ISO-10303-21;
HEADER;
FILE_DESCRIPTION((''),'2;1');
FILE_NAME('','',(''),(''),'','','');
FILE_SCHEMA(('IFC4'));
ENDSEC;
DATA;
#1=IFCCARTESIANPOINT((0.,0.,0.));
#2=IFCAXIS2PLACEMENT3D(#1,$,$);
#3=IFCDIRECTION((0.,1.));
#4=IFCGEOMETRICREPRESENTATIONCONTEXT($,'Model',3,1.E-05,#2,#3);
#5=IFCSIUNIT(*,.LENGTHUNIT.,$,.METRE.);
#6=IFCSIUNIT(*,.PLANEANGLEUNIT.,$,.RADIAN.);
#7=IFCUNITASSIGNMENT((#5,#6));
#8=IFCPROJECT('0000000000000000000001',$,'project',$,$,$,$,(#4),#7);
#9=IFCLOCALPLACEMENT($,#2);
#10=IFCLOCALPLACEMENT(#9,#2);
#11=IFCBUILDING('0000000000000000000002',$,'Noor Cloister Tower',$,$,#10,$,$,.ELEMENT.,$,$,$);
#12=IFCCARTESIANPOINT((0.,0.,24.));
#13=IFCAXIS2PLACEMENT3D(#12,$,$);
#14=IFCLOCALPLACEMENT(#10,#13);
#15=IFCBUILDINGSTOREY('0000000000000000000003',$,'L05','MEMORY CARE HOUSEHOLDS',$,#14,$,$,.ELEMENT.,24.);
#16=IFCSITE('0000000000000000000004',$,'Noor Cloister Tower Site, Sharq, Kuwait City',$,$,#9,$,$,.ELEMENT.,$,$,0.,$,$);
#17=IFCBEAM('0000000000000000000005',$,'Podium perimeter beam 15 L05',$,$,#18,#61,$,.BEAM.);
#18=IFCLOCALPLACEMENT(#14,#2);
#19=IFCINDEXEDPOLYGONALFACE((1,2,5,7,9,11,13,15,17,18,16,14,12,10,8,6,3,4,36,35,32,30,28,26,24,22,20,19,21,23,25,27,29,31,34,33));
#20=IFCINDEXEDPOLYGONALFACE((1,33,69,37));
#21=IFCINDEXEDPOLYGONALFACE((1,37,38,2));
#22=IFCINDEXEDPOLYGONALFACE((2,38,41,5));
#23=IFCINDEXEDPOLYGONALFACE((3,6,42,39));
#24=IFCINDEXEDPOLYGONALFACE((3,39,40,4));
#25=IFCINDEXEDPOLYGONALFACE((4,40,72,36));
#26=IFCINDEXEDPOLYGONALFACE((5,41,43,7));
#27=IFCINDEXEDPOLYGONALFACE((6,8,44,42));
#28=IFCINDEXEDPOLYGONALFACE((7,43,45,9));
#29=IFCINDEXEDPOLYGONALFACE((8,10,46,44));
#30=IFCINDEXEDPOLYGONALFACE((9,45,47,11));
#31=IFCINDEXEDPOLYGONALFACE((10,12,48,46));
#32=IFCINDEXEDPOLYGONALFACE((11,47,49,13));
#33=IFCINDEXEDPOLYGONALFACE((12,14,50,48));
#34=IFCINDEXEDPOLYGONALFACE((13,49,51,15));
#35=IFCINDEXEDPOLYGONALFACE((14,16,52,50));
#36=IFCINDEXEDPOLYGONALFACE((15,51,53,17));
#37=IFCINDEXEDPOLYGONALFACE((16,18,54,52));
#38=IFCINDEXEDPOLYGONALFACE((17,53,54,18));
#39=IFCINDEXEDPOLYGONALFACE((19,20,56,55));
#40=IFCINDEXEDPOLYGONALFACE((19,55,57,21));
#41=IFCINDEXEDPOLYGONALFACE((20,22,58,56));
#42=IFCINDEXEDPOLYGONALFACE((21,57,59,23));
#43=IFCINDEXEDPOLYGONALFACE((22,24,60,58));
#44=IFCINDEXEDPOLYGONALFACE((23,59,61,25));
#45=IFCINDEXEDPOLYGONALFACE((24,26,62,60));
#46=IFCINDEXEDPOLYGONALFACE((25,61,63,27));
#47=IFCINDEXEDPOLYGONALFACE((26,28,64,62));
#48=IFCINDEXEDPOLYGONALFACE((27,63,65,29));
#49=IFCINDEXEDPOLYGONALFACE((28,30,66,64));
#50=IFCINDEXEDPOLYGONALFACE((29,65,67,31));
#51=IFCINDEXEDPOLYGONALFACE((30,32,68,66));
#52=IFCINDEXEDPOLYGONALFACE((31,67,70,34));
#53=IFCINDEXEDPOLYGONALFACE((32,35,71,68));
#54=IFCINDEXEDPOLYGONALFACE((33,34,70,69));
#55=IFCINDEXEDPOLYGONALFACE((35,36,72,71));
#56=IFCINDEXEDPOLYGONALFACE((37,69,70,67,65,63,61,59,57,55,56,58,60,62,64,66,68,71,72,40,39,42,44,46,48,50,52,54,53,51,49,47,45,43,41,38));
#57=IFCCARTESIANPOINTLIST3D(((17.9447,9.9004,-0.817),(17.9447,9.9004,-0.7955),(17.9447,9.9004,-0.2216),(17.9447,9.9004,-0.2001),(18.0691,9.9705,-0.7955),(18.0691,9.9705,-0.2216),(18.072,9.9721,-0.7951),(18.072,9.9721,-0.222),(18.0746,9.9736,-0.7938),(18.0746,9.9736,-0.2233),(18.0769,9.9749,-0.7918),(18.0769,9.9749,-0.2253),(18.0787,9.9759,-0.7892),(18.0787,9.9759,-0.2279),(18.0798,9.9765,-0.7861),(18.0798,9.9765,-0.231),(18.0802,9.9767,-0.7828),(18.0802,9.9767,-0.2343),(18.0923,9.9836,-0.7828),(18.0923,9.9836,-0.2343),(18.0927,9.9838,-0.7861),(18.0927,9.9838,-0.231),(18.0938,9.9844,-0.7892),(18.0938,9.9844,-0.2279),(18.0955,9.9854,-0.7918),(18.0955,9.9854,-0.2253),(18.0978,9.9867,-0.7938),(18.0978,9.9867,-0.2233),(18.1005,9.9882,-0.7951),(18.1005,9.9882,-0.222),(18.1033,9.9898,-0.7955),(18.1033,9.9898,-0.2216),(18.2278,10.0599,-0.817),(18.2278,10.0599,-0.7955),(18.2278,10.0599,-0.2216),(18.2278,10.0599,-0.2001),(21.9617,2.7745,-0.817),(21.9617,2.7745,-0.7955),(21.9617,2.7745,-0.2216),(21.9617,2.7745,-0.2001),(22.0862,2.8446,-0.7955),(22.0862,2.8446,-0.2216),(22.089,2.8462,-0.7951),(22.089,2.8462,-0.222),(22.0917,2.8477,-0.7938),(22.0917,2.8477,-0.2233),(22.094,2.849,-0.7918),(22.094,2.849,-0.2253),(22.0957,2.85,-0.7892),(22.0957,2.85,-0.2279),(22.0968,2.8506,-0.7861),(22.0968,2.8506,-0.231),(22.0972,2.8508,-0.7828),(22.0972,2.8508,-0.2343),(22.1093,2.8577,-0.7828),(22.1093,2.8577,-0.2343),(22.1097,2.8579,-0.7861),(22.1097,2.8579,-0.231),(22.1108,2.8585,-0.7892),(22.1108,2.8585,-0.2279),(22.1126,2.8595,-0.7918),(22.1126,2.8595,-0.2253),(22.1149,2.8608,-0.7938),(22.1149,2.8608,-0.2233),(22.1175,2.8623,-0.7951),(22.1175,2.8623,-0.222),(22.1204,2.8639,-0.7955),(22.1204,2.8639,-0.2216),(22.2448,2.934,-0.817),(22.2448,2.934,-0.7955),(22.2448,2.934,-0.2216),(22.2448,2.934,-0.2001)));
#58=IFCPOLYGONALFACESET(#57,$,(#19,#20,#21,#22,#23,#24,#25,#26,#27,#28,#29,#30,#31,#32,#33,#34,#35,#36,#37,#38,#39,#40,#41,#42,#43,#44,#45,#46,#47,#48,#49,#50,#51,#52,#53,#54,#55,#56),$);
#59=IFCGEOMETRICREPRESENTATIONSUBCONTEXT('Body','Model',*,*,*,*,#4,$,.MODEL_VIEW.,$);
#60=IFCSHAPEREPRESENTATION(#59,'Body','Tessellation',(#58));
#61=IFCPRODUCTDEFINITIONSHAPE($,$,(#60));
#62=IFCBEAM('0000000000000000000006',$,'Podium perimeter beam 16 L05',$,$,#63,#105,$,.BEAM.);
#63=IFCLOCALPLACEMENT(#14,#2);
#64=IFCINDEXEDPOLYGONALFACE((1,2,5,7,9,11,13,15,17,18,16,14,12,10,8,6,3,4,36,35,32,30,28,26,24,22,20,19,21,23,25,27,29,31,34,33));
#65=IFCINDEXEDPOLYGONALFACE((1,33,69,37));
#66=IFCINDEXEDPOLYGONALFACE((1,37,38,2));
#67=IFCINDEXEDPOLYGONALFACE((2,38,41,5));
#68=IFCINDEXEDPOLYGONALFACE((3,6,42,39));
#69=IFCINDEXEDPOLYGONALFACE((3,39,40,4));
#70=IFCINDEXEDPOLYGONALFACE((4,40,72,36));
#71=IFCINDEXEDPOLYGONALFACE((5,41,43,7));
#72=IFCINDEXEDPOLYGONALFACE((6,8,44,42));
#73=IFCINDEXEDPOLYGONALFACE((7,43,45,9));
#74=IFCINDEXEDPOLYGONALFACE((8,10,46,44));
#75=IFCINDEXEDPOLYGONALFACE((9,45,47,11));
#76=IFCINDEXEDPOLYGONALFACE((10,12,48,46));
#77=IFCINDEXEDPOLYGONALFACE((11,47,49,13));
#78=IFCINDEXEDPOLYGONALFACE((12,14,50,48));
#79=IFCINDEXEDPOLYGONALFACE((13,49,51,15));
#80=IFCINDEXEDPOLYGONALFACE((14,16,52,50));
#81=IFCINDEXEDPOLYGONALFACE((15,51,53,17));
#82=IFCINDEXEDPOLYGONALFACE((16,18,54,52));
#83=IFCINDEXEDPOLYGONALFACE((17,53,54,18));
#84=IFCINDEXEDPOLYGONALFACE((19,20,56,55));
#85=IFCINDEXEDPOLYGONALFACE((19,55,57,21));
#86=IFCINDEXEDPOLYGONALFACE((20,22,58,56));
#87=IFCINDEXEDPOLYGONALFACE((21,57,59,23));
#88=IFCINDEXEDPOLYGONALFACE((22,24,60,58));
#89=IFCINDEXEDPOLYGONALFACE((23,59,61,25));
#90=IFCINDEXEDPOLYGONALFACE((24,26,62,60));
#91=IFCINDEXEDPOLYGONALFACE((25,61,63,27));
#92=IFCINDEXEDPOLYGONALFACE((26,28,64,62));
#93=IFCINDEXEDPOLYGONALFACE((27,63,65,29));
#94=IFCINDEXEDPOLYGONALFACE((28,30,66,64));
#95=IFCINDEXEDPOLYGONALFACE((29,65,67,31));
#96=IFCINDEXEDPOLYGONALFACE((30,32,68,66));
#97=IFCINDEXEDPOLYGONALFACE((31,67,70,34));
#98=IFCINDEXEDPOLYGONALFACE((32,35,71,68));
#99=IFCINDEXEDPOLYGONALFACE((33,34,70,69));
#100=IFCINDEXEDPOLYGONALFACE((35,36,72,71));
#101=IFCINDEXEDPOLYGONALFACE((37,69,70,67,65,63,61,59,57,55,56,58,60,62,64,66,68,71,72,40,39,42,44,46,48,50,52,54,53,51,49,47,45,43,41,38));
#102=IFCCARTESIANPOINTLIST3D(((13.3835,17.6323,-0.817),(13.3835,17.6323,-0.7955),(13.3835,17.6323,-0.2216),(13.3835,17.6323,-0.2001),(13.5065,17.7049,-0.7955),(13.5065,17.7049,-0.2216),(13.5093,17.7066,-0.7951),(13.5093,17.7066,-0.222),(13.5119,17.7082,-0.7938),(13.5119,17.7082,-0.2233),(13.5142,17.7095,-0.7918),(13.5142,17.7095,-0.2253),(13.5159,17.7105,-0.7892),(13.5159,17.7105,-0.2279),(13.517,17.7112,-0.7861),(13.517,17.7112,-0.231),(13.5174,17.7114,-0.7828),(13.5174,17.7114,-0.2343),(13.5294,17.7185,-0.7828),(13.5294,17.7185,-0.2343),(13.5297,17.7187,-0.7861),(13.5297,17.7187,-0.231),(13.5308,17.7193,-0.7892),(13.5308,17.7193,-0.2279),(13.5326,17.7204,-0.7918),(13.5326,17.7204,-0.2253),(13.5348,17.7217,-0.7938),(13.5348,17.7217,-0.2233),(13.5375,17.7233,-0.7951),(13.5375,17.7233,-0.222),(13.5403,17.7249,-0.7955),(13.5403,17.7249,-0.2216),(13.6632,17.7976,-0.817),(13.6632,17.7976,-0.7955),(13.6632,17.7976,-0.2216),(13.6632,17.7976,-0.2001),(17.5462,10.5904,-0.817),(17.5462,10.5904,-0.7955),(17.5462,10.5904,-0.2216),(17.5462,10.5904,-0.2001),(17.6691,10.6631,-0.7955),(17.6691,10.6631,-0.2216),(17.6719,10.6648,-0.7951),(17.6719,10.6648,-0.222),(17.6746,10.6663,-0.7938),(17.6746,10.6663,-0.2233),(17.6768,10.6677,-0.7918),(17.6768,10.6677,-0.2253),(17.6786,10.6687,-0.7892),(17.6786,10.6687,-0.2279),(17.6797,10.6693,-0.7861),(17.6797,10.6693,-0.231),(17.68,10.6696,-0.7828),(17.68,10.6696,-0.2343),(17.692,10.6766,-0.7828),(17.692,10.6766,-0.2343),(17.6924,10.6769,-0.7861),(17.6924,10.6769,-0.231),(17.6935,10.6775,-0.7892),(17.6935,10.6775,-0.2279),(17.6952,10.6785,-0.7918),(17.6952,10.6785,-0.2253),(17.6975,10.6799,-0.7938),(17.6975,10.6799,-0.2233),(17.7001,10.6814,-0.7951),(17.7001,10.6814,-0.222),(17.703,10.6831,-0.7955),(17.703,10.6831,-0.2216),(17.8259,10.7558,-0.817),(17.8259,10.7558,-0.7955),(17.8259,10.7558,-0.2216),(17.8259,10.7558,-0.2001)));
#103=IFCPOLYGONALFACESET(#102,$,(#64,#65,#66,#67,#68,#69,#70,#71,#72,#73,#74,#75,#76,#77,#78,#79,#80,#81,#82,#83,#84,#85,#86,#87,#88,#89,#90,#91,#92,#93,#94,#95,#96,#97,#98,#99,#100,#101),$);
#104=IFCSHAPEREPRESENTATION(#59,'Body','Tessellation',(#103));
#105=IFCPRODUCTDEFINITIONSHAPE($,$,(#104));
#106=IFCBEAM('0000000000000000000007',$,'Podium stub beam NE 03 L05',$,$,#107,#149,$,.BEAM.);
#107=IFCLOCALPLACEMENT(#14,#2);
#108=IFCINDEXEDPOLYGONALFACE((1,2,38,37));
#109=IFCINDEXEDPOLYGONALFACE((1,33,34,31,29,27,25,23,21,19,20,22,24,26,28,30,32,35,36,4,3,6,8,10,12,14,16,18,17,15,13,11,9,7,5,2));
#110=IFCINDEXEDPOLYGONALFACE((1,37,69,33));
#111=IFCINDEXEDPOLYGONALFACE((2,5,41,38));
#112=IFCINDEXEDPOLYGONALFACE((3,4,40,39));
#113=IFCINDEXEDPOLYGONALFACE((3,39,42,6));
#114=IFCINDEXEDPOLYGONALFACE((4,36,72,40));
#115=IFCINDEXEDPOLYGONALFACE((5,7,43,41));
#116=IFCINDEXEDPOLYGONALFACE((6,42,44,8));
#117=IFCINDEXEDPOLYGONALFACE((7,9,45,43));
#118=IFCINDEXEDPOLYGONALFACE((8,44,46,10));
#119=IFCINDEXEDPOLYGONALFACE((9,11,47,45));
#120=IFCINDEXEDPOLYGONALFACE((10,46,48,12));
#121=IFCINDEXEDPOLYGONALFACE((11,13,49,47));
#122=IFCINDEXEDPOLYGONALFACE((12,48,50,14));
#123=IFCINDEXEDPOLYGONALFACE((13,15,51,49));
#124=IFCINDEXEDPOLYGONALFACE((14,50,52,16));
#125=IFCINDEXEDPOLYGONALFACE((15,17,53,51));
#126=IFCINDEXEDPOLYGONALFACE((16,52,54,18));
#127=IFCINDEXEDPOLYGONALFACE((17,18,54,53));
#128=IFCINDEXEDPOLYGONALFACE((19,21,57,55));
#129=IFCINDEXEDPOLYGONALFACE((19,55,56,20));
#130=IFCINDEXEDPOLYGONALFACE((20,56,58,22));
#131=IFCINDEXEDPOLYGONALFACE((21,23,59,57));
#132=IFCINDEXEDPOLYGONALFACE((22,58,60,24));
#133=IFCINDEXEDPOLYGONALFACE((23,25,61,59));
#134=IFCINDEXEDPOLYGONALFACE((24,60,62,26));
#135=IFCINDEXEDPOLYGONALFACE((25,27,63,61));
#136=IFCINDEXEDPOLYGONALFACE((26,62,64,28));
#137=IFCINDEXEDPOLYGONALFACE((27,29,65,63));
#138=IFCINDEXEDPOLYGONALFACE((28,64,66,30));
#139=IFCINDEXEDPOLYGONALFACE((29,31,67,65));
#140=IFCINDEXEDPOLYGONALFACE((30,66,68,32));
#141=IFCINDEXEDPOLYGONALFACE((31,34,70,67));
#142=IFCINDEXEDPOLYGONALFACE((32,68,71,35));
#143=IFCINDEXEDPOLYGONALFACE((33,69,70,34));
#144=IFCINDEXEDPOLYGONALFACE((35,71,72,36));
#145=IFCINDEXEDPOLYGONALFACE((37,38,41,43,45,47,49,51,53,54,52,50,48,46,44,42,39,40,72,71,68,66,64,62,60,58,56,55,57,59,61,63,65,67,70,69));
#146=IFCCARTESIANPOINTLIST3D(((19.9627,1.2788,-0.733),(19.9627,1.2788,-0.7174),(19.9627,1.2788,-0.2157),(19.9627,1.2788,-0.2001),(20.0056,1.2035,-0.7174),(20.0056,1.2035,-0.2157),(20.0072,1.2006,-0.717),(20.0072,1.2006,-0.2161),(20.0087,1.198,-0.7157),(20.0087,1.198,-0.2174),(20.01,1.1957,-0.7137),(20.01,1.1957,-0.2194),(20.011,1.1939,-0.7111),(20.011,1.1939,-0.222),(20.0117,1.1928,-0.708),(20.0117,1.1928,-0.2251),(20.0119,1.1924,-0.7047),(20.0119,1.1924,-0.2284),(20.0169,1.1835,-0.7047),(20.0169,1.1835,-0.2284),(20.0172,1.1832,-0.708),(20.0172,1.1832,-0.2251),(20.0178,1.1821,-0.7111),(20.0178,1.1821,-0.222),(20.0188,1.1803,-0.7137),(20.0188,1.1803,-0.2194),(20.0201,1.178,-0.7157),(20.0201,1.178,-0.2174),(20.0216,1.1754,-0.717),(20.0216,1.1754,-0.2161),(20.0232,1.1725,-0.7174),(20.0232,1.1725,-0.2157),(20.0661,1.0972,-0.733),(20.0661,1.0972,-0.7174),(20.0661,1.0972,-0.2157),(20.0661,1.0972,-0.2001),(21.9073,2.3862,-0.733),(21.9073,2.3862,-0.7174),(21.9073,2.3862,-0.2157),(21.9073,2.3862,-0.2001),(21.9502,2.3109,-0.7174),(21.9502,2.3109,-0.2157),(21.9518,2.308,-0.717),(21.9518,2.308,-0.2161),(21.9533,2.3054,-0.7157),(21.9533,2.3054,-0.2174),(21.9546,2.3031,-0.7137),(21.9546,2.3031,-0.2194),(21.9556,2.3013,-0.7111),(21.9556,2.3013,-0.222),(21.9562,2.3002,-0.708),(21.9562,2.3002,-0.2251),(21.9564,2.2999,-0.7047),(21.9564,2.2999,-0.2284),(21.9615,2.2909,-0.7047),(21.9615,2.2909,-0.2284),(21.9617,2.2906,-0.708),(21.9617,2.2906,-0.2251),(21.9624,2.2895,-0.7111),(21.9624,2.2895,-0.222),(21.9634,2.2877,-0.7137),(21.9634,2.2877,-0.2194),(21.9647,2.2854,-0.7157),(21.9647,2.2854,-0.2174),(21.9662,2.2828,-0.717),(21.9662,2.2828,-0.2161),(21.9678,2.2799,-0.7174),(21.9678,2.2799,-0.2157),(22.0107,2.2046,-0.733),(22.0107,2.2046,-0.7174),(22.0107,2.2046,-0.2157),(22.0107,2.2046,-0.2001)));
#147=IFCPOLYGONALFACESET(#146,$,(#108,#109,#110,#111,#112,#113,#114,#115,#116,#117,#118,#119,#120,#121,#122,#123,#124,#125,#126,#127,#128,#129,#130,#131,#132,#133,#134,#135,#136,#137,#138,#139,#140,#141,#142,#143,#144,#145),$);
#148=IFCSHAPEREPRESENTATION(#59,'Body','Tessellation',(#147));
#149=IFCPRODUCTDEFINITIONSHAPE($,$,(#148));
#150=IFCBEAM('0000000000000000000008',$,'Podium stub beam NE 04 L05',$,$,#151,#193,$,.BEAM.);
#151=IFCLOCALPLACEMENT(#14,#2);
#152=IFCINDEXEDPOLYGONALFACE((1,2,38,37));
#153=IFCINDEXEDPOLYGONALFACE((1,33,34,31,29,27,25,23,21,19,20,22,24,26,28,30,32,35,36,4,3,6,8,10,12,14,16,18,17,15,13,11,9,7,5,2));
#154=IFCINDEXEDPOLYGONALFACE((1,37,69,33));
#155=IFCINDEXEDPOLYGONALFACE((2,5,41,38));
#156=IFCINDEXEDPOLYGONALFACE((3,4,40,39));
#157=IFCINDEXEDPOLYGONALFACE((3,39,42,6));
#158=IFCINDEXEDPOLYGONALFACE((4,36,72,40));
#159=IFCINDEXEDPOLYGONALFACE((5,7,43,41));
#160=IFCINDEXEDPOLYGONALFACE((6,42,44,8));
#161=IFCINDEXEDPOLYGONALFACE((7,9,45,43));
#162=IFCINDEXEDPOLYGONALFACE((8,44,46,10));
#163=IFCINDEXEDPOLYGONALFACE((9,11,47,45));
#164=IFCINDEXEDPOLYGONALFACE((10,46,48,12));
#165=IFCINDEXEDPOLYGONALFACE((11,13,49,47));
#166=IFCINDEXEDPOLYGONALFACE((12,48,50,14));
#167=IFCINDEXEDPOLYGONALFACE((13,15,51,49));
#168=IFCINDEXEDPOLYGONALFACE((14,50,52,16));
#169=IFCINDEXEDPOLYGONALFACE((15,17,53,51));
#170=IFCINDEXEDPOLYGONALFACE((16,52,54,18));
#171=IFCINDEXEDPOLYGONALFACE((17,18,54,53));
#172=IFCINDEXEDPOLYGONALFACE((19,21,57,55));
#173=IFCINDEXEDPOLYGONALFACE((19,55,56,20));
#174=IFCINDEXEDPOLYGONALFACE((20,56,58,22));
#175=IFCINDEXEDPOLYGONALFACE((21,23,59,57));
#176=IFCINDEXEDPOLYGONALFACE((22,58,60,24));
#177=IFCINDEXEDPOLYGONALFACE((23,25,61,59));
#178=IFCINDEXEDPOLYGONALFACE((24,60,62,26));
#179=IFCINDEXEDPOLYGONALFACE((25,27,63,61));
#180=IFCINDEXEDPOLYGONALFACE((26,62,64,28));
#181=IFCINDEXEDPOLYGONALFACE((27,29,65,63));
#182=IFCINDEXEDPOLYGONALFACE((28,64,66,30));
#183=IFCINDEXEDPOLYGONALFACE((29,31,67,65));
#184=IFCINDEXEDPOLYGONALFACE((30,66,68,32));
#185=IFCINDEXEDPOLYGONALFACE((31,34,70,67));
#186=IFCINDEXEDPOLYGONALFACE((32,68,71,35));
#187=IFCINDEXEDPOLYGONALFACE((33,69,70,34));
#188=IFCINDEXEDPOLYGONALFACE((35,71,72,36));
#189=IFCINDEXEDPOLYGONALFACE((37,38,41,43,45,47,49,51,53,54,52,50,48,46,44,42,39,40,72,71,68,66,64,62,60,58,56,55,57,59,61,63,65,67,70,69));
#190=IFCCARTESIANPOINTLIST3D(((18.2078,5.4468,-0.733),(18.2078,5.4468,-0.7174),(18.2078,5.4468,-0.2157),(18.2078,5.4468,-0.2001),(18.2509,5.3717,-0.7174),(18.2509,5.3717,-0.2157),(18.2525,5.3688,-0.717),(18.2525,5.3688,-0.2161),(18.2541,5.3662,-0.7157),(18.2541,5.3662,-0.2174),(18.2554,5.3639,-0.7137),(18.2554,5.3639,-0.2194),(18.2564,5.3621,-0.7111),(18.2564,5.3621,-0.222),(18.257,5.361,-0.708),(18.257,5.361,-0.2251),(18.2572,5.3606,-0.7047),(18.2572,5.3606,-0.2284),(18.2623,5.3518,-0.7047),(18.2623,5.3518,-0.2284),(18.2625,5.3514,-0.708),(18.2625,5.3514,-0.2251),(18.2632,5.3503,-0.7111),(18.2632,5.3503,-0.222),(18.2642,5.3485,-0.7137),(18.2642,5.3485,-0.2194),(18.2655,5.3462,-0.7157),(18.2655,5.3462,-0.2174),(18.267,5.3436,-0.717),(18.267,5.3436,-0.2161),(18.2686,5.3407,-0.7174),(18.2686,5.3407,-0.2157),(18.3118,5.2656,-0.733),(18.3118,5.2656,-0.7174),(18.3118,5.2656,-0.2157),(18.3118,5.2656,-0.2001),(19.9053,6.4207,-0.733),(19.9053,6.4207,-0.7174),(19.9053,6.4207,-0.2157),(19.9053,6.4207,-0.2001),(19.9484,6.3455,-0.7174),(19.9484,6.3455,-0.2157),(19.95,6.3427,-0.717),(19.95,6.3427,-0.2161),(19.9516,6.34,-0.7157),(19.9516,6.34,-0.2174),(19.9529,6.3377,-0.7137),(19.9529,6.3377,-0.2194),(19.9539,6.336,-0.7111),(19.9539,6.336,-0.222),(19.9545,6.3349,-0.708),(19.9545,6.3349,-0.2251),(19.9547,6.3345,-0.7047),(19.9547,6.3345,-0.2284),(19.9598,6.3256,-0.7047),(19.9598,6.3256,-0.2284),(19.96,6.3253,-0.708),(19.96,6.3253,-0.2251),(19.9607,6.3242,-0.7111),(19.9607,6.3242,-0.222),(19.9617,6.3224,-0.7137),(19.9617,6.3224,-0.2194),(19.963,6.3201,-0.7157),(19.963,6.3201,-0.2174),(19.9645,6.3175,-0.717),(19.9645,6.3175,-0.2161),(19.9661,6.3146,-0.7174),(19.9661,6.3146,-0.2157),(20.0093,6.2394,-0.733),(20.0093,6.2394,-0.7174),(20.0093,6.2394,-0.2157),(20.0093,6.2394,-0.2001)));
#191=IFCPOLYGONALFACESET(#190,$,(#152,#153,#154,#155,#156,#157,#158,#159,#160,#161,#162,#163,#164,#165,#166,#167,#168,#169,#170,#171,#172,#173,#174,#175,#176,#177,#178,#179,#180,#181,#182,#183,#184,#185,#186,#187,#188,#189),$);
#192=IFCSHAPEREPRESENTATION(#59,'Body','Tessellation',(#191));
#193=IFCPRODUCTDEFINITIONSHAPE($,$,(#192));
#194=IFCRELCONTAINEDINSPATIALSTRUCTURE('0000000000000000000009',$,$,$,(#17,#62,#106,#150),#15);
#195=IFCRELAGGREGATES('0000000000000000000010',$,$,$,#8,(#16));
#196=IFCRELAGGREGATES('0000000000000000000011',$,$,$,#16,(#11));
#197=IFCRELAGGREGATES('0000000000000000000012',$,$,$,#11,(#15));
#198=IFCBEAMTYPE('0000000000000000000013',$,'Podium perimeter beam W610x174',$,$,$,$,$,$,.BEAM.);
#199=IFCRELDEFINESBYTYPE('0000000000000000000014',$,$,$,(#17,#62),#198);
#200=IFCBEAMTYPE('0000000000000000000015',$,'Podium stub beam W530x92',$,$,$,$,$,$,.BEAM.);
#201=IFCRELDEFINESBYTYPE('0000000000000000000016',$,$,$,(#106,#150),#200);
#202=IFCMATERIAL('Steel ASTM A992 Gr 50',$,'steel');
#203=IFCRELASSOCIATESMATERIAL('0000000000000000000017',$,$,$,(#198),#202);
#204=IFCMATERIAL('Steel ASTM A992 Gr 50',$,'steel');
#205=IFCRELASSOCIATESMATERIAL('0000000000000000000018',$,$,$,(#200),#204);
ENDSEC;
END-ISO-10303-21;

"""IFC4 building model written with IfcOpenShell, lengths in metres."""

from ifc_helpers import new_model, si_unit, direction, frame, origin, origin_2d, place, context, subcontext, project, spatial, i_section, extrude, material, material_profile, profile_set, type_object, element, save


model = new_model("IFC4")

# Units and contexts
model_context = context("Model", 3, precision=1e-05, world=origin(), true_north=direction((0.0, 1.0)))
body_context = subcontext(model_context, "Body", "Model", "MODEL_VIEW")
ifc_project = project(units=[si_unit("LENGTHUNIT", "METRE"), si_unit("PLANEANGLEUNIT", "RADIAN")], contexts=[model_context])

# Site, building, storey
site_placement = place(None, origin())
site = spatial("IfcSite", under=ifc_project, at=site_placement, Name="Noor Cloister Tower Site, Sharq, Kuwait City", CompositionType="ELEMENT", RefElevation=0.0)
building_placement = place(site_placement, origin())
building = spatial("IfcBuilding", under=site, at=building_placement, Name="Noor Cloister Tower", CompositionType="ELEMENT")
storey_placement = place(building_placement, frame((0.0, 0.0, 24.0)))
storey = spatial("IfcBuildingStorey", under=building, at=storey_placement, Name="L05", Description="MEMORY CARE HOUSEHOLDS", CompositionType="ELEMENT", Elevation=24.0)

# Beams
ifc_material_1 = material(Name="Steel ASTM A992 Gr 50", Category="steel")
ifc_material_profile_1 = material_profile(ifc_material_1, i_section(OverallWidth=0.325, OverallDepth=0.6169, WebThickness=0.0139, FlangeThickness=0.0215, FilletRadius=0.0127, at=origin_2d()), Name="W610x174")
ifc_profile_set_1 = profile_set([ifc_material_profile_1], Name="Steel ASTM A992 Gr 50")
beam_type_1 = type_object("IfcBeamType", Name="Podium perimeter beam W610x174", PredefinedType="BEAM", material=ifc_profile_set_1)
for number, where, z_axis, x_axis, name in (
    (1, (22.1033, 2.8542, -0.5085), (-0.491072, 0.871119, 0.0), (-0.871119, -0.491072, 0.0), "Podium perimeter beam 15 L05"),
    (2, (17.686, 10.6731, -0.5085), (-0.508871, 0.860843, 0.0), (-0.860843, -0.508871, 0.0), "Podium perimeter beam 16 L05"),
):
    element("IfcBeam", number, at=place(storey_placement, frame(where, z_axis=z_axis, x_axis=x_axis)), inside=storey, type_object=beam_type_1, Name=name, PredefinedType="BEAM", context=body_context, shape_type="SweptSolid", body=[
        extrude(i_section(OverallWidth=0.325, OverallDepth=0.6169, WebThickness=0.0139, FlangeThickness=0.0215, FilletRadius=0.0127, at=origin_2d()), origin(), (0.0, 0.0, 1.0), 8.1802),
    ])
ifc_material_2 = material(Name="Steel ASTM A992 Gr 50", Category="steel")
ifc_material_profile_2 = material_profile(ifc_material_2, i_section(OverallWidth=0.209, OverallDepth=0.533, WebThickness=0.0103, FlangeThickness=0.0156, FilletRadius=0.0127, at=origin_2d()), Name="W530x92")
ifc_profile_set_2 = profile_set([ifc_material_profile_2], Name="Steel ASTM A992 Gr 50")
beam_type_2 = type_object("IfcBeamType", Name="Podium stub beam W530x92", PredefinedType="BEAM", material=ifc_profile_set_2)
beam_1_placement = place(storey_placement, frame((20.0144, 1.188, -0.4666), z_axis=(0.868967, 0.49487, 0.0), x_axis=(-0.49487, 0.868967, 0.0)))
element("IfcBeam", 3, at=beam_1_placement, inside=storey, type_object=beam_type_2, Name="Podium stub beam NE 03 L05", PredefinedType="BEAM", context=body_context, shape_type="SweptSolid", body=[
    extrude(i_section(OverallWidth=0.209, OverallDepth=0.533, WebThickness=0.0103, FlangeThickness=0.0156, FilletRadius=0.0127, at=origin_2d()), origin(), (0.0, 0.0, 1.0), 2.2378),
])
beam_2_placement = place(storey_placement, frame((18.2598, 5.3562, -0.4666), z_axis=(0.86739, 0.497629, 0.0), x_axis=(-0.497629, 0.86739, 0.0)))
element("IfcBeam", 4, at=beam_2_placement, inside=storey, type_object=beam_type_2, Name="Podium stub beam NE 04 L05", PredefinedType="BEAM", context=body_context, shape_type="SweptSolid", body=[
    extrude(i_section(OverallWidth=0.209, OverallDepth=0.533, WebThickness=0.0103, FlangeThickness=0.0156, FilletRadius=0.0127, at=origin_2d()), origin(), (0.0, 0.0, 1.0), 1.957),
])

save(model, "model.ifc")
